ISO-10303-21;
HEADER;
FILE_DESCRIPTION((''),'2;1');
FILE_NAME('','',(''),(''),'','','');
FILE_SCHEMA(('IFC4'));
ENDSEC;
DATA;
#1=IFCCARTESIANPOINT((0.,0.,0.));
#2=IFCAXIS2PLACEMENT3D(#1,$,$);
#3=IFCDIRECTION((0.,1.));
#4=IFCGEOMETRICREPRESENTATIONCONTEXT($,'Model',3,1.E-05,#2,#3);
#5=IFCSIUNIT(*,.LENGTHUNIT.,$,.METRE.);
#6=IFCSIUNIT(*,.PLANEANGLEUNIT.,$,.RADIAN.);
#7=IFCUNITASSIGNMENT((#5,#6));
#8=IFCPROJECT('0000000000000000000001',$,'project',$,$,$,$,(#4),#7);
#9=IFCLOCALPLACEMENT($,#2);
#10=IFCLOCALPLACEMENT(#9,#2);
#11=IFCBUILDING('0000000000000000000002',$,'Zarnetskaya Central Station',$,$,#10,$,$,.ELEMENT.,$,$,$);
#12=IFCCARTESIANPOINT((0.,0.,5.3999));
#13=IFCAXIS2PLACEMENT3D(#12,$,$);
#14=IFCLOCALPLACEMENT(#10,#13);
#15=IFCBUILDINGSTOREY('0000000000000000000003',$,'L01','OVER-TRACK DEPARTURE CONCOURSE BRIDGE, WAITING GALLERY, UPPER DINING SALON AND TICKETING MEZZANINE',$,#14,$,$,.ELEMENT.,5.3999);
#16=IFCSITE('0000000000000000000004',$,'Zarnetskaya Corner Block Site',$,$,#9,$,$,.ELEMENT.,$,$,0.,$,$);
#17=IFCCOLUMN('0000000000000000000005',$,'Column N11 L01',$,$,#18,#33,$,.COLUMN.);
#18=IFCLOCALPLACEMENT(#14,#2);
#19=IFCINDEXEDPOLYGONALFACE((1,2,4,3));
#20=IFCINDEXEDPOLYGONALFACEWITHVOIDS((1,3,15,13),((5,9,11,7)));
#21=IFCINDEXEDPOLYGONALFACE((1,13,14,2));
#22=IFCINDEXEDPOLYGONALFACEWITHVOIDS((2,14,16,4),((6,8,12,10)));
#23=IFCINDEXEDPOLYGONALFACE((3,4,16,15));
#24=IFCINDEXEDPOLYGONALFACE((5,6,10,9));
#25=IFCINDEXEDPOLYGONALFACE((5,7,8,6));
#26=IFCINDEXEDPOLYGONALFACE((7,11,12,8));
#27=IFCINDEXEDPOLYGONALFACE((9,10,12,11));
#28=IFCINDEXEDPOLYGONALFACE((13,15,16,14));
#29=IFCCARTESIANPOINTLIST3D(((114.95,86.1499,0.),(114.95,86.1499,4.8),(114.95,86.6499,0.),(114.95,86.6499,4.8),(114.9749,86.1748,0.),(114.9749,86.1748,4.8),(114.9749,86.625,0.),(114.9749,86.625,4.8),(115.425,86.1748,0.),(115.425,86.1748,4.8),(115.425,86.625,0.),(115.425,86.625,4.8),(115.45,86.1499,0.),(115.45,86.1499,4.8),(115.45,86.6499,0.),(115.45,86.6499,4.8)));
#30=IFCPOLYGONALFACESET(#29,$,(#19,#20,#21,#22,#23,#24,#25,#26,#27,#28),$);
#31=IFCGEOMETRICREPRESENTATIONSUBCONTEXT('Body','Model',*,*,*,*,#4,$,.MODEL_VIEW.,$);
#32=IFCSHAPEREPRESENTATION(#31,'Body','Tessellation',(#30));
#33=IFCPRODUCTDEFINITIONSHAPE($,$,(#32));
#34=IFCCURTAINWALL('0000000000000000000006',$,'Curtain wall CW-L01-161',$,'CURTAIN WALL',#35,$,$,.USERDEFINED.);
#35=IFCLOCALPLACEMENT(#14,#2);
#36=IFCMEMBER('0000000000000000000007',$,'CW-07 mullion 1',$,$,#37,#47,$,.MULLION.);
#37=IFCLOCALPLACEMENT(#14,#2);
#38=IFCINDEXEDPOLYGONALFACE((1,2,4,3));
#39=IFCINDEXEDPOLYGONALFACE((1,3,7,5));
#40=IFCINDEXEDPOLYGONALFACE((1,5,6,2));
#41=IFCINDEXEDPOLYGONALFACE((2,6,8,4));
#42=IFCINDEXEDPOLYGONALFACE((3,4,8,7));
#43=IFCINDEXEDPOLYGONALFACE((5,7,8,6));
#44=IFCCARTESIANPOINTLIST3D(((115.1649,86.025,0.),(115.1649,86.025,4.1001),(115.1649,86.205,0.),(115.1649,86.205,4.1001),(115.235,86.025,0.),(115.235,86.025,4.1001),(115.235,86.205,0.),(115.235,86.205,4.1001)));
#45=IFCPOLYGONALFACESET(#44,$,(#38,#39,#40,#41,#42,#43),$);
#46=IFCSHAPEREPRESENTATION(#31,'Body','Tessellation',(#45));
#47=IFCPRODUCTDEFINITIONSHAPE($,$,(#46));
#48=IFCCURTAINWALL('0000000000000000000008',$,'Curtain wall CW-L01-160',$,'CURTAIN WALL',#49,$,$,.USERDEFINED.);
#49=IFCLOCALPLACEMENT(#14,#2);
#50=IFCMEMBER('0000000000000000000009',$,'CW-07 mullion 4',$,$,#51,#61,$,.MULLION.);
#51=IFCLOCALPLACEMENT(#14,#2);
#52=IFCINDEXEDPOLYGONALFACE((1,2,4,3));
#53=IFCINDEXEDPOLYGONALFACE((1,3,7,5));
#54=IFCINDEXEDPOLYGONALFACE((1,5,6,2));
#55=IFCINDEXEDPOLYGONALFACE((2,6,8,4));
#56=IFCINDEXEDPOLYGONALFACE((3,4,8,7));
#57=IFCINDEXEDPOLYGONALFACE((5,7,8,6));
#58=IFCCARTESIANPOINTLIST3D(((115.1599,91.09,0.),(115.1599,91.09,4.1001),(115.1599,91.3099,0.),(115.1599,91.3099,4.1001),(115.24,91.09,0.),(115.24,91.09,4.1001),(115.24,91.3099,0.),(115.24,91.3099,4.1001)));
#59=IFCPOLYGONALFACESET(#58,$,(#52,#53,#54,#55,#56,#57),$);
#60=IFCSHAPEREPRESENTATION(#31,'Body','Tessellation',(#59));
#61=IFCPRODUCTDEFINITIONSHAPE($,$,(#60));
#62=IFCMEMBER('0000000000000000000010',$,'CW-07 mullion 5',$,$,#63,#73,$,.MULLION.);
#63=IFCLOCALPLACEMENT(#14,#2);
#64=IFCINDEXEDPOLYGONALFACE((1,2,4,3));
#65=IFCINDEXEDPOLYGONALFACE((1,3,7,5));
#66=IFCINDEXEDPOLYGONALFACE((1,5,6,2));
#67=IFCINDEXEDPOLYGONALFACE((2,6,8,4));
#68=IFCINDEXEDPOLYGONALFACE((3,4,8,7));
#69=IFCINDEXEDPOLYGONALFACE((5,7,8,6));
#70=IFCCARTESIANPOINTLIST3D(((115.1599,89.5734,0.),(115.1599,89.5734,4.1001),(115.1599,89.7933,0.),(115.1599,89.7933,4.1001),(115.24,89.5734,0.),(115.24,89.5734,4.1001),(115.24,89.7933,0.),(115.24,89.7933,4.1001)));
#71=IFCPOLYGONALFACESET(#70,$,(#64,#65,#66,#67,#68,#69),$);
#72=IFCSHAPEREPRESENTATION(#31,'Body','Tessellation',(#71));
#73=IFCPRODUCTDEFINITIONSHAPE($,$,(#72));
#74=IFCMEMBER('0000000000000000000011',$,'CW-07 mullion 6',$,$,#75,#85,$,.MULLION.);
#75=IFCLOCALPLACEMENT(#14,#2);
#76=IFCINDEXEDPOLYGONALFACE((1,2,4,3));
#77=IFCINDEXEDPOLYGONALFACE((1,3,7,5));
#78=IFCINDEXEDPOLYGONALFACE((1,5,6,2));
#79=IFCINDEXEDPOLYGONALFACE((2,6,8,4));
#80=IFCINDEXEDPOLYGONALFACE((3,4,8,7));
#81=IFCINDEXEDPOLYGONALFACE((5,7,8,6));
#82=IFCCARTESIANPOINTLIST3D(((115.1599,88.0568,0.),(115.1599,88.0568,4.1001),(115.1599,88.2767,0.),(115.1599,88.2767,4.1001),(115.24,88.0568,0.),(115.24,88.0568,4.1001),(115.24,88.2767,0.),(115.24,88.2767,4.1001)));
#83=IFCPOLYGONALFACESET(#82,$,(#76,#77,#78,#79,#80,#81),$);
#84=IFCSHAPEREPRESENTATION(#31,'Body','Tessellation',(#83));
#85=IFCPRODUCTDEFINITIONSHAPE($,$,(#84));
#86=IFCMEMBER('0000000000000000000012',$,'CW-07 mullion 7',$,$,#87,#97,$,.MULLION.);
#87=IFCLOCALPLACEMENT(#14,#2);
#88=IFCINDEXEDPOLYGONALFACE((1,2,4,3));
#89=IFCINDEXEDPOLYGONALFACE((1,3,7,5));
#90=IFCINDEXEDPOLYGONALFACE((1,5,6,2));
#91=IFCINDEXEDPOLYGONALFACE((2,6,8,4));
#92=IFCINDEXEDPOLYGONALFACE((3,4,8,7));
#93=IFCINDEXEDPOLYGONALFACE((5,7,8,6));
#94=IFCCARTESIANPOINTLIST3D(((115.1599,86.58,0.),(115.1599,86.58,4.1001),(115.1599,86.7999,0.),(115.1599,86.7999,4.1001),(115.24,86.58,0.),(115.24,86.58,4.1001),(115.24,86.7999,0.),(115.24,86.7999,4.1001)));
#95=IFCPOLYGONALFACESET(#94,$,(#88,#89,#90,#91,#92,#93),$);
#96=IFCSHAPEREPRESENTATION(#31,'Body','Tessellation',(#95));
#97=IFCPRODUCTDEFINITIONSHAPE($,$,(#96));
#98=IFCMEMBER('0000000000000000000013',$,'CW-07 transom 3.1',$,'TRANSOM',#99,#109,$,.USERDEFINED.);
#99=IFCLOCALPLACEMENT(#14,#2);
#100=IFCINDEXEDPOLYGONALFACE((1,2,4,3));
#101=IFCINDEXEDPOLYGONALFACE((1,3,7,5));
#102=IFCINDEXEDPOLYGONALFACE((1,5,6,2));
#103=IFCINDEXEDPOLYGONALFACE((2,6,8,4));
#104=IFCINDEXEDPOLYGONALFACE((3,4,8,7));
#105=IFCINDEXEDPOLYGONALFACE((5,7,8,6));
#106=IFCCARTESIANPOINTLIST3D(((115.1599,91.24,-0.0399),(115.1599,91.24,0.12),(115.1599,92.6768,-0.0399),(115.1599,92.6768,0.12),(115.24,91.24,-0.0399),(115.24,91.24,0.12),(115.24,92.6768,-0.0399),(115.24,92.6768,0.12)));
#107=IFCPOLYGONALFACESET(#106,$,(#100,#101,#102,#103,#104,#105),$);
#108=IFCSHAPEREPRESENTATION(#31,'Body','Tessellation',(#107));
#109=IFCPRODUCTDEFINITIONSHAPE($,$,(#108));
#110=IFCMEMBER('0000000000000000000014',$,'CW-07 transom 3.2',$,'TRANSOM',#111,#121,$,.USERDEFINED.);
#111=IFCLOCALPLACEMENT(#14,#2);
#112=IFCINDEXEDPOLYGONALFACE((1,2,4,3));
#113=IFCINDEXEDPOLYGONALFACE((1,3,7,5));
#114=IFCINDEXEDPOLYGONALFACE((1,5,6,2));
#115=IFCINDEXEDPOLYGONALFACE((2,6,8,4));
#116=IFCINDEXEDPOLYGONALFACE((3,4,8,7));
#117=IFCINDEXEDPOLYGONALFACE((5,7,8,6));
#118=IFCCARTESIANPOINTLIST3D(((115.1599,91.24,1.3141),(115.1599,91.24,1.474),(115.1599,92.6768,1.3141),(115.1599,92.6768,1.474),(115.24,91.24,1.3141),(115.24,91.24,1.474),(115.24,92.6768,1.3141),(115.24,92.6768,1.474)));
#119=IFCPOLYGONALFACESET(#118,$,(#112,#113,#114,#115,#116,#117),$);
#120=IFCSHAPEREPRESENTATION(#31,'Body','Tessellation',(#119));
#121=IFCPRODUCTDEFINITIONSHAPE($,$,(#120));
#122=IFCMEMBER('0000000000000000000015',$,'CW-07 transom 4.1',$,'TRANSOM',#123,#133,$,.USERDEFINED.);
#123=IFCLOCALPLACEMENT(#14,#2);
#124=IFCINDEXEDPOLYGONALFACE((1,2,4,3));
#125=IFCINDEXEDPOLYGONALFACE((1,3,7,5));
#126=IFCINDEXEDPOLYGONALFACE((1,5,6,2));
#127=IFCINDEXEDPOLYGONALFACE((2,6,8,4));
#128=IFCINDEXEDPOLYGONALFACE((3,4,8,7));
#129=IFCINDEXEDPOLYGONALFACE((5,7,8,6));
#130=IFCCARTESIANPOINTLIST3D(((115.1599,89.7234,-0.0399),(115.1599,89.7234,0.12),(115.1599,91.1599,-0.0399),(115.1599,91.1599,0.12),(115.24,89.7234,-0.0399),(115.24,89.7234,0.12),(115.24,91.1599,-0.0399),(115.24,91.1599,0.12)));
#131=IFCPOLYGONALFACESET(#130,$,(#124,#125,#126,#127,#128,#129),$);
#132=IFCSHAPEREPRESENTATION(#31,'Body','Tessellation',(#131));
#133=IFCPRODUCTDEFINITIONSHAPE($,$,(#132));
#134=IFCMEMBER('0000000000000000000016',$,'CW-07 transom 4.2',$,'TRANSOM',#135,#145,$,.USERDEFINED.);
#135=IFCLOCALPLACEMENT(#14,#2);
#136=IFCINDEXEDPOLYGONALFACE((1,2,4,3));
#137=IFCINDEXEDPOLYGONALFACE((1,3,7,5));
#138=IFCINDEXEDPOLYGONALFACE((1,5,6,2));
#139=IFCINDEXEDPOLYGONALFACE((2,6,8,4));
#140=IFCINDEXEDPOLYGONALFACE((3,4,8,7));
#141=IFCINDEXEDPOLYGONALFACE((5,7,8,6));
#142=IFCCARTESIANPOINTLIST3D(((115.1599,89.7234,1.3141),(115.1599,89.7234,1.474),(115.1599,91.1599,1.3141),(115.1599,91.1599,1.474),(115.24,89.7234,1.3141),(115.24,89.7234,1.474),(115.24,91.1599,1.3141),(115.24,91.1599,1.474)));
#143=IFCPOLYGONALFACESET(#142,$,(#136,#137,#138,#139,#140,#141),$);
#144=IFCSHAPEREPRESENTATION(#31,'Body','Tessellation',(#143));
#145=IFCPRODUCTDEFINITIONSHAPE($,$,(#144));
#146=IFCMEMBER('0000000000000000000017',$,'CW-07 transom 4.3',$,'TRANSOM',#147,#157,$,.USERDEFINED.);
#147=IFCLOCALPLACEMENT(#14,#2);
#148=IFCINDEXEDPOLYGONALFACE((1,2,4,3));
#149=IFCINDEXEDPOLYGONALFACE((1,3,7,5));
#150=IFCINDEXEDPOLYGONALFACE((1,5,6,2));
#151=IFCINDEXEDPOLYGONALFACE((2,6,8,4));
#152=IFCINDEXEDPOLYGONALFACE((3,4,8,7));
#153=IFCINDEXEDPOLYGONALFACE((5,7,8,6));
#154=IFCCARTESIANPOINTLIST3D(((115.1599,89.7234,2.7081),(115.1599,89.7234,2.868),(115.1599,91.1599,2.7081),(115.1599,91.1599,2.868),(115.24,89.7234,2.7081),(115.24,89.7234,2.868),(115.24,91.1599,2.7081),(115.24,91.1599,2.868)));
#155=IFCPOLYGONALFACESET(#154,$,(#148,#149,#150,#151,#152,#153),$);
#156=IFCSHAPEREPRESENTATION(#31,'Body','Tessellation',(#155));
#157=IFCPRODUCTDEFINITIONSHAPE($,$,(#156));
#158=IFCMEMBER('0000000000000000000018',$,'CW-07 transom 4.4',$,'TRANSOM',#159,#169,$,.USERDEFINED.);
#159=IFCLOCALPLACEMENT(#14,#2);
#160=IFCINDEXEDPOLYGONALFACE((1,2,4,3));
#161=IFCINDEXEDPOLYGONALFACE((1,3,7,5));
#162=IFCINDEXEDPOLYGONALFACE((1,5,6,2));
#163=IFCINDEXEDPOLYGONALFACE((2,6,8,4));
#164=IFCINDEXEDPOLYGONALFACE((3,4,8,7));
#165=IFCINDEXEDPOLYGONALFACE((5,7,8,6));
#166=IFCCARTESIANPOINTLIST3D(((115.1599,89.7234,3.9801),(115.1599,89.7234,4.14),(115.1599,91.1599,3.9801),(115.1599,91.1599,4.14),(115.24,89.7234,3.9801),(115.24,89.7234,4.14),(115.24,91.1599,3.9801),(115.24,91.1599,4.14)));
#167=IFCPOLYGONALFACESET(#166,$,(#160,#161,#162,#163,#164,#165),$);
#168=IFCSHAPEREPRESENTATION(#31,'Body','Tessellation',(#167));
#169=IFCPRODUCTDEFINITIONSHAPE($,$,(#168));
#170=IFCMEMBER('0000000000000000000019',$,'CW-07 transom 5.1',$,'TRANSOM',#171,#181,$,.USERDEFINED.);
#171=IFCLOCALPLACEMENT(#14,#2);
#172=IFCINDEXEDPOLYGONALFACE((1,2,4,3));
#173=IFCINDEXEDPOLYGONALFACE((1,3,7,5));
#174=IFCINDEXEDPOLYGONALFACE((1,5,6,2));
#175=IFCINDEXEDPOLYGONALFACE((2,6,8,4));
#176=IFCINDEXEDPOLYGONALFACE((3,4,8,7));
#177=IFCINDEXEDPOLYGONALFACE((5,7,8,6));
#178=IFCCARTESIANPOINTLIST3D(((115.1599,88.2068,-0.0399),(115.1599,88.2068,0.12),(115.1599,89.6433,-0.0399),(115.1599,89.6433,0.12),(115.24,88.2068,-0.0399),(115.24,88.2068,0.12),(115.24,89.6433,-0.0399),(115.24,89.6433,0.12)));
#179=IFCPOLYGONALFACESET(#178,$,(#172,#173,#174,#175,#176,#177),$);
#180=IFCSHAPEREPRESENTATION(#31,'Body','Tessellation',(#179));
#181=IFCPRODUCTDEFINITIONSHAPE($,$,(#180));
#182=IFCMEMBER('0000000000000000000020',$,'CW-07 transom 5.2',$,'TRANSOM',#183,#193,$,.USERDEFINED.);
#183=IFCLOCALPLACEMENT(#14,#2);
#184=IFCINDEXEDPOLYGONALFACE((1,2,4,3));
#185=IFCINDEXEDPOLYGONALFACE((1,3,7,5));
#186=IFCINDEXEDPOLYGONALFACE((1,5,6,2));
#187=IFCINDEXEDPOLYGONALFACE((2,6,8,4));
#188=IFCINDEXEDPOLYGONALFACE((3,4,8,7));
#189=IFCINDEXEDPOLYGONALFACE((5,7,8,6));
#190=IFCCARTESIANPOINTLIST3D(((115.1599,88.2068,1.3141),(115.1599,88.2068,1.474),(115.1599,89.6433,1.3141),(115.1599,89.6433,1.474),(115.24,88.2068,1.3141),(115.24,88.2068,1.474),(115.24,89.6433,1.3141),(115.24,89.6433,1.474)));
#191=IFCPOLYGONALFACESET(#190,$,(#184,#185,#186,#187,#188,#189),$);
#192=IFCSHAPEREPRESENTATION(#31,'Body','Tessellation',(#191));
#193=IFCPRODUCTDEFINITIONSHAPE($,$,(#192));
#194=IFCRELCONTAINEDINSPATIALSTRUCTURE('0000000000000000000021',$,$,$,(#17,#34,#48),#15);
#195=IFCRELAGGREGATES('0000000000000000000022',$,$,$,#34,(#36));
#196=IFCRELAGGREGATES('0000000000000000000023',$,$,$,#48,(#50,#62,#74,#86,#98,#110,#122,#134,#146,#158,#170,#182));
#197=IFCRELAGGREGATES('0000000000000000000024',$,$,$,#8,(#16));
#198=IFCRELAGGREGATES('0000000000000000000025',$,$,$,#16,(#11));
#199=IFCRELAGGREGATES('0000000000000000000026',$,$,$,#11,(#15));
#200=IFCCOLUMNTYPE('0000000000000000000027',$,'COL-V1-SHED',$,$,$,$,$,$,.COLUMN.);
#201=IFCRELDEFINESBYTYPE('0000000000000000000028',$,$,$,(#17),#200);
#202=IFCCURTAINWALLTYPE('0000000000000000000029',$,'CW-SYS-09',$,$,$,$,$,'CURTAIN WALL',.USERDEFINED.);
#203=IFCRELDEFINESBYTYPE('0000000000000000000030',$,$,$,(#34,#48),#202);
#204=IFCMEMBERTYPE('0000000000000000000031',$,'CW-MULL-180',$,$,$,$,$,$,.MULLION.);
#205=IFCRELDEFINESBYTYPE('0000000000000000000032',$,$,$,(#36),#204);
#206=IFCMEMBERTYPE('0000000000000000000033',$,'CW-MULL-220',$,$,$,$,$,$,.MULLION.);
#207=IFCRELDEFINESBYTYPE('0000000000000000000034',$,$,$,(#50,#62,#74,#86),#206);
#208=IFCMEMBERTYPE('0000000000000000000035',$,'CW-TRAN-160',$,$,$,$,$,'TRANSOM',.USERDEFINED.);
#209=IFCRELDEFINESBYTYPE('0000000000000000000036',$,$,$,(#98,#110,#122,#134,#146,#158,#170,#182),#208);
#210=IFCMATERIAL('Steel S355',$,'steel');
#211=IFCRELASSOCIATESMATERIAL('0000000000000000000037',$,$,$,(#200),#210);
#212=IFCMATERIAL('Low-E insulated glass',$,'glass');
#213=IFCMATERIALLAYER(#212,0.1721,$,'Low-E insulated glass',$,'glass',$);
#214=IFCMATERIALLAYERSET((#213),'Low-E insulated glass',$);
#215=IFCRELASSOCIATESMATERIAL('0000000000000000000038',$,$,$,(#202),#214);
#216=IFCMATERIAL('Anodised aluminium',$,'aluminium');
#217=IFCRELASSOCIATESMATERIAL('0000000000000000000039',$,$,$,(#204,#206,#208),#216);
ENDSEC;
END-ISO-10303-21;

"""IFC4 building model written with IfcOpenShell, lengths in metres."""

from ifc_helpers import new_model, si_unit, direction, frame, origin, origin_2d, place, context, subcontext, project, spatial, rectangle, hollow_rectangle, extrude, material, layer, layer_set, material_profile, profile_set, type_object, element, aggregate, save


model = new_model("IFC4")

# Units and contexts
model_context = context("Model", 3, precision=1e-05, world=origin(), true_north=direction((0.0, 1.0)))
body_context = subcontext(model_context, "Body", "Model", "MODEL_VIEW")
ifc_project = project(units=[si_unit("LENGTHUNIT", "METRE"), si_unit("PLANEANGLEUNIT", "RADIAN")], contexts=[model_context])

# Site, building, storey
site_placement = place(None, origin())
site = spatial("IfcSite", under=ifc_project, at=site_placement, Name="Zarnetskaya Corner Block Site", CompositionType="ELEMENT", RefElevation=0.0)
building_placement = place(site_placement, origin())
building = spatial("IfcBuilding", under=site, at=building_placement, Name="Zarnetskaya Central Station", CompositionType="ELEMENT")
storey_placement = place(building_placement, frame((0.0, 0.0, 5.3999)))
storey = spatial("IfcBuildingStorey", under=building, at=storey_placement, Name="L01", Description="OVER-TRACK DEPARTURE CONCOURSE BRIDGE, WAITING GALLERY, UPPER DINING SALON AND TICKETING MEZZANINE", CompositionType="ELEMENT", Elevation=5.3999)

# Column
ifc_material_1 = material(Name="Steel S355", Category="steel")
ifc_material_profile_1 = material_profile(ifc_material_1, hollow_rectangle(XDim=0.5, YDim=0.5, WallThickness=0.0249, at=origin_2d()), Name="BOX 500x500x25")
ifc_profile_set_1 = profile_set([ifc_material_profile_1], Name="Steel S355")
column_type = type_object("IfcColumnType", Name="COL-V1-SHED", PredefinedType="COLUMN", material=ifc_profile_set_1)
column_placement = place(storey_placement, frame((115.2, 86.3999, 0.0), z_axis=(0.0, 0.0, 1.0), x_axis=(1.0, 0.0, 0.0)))
element("IfcColumn", 1, at=column_placement, inside=storey, type_object=column_type, Name="Column N11 L01", PredefinedType="COLUMN", context=body_context, shape_type="SweptSolid", body=[
    extrude(hollow_rectangle(XDim=0.5, YDim=0.5, WallThickness=0.0249, at=origin_2d()), origin(), (0.0, 0.0, 1.0), 4.8),
])

# Curtain wall, member
ifc_material_2 = material(Name="Low-E insulated glass", Category="glass")
ifc_layer_1 = layer(ifc_material_2, 0.1721, Name="Low-E insulated glass", Category="glass")
ifc_layer_set_1 = layer_set([ifc_layer_1], Name="Low-E insulated glass")
curtain_wall_type = type_object("IfcCurtainWallType", Name="CW-SYS-09", ElementType="CURTAIN WALL", PredefinedType="USERDEFINED", material=ifc_layer_set_1)
curtain_wall_1_placement = place(storey_placement, origin())
curtain_wall_1 = element("IfcCurtainWall", 2, at=curtain_wall_1_placement, inside=storey, type_object=curtain_wall_type, Name="Curtain wall CW-L01-161", ObjectType="CURTAIN WALL", PredefinedType="USERDEFINED")
ifc_material_3 = material(Name="Anodised aluminium", Category="aluminium")
ifc_material_profile_2 = material_profile(ifc_material_3, rectangle(XDim=0.0701, YDim=0.1799, at=origin_2d()), Name="ALU MULL 70x180")
ifc_profile_set_2 = profile_set([ifc_material_profile_2], Name="Anodised aluminium")
member_type_1 = type_object("IfcMemberType", Name="CW-MULL-180", PredefinedType="MULLION", material=ifc_profile_set_2)
member_1_placement = place(storey_placement, frame((115.2, 86.115, 0.0), z_axis=(0.0, 0.0, 1.0), x_axis=(1.0, 0.0, 0.0)))
member_1 = element("IfcMember", 3, at=member_1_placement, type_object=member_type_1, Name="CW-07 mullion 1", PredefinedType="MULLION", context=body_context, shape_type="SweptSolid", body=[
    extrude(rectangle(XDim=0.0701, YDim=0.1799, at=origin_2d()), origin(), (0.0, 0.0, 1.0), 4.1001),
])
aggregate(curtain_wall_1, [member_1])

# Curtain wall, members
curtain_wall_2_placement = place(storey_placement, origin())
curtain_wall_2 = element("IfcCurtainWall", 4, at=curtain_wall_2_placement, inside=storey, type_object=curtain_wall_type, Name="Curtain wall CW-L01-160", ObjectType="CURTAIN WALL", PredefinedType="USERDEFINED")
ifc_material_profile_3 = material_profile(ifc_material_3, rectangle(XDim=0.0801, YDim=0.22, at=origin_2d()), Name="ALU MULL 80x220")
ifc_profile_set_3 = profile_set([ifc_material_profile_3], Name="Anodised aluminium")
member_type_2 = type_object("IfcMemberType", Name="CW-MULL-220", PredefinedType="MULLION", material=ifc_profile_set_3)
member_2_placement = place(storey_placement, frame((115.2, 91.2, 0.0), z_axis=(0.0, 0.0, 1.0), x_axis=(1.0, 0.0, 0.0)))
member_2 = element("IfcMember", 5, at=member_2_placement, type_object=member_type_2, Name="CW-07 mullion 4", PredefinedType="MULLION", context=body_context, shape_type="SweptSolid", body=[
    extrude(rectangle(XDim=0.0801, YDim=0.22, at=origin_2d()), origin(), (0.0, 0.0, 1.0), 4.1001),
])
member_3_placement = place(storey_placement, frame((115.2, 89.6833, 0.0), z_axis=(0.0, 0.0, 1.0), x_axis=(1.0, 0.0, 0.0)))
member_3 = element("IfcMember", 6, at=member_3_placement, type_object=member_type_2, Name="CW-07 mullion 5", PredefinedType="MULLION", context=body_context, shape_type="SweptSolid", body=[
    extrude(rectangle(XDim=0.0801, YDim=0.22, at=origin_2d()), origin(), (0.0, 0.0, 1.0), 4.1001),
])
member_4_placement = place(storey_placement, frame((115.2, 88.1667, 0.0), z_axis=(0.0, 0.0, 1.0), x_axis=(1.0, 0.0, 0.0)))
member_4 = element("IfcMember", 7, at=member_4_placement, type_object=member_type_2, Name="CW-07 mullion 6", PredefinedType="MULLION", context=body_context, shape_type="SweptSolid", body=[
    extrude(rectangle(XDim=0.0801, YDim=0.22, at=origin_2d()), origin(), (0.0, 0.0, 1.0), 4.1001),
])
member_5_placement = place(storey_placement, frame((115.2, 86.6899, 0.0), z_axis=(0.0, 0.0, 1.0), x_axis=(1.0, 0.0, 0.0)))
member_5 = element("IfcMember", 8, at=member_5_placement, type_object=member_type_2, Name="CW-07 mullion 7", PredefinedType="MULLION", context=body_context, shape_type="SweptSolid", body=[
    extrude(rectangle(XDim=0.0801, YDim=0.22, at=origin_2d()), origin(), (0.0, 0.0, 1.0), 4.1001),
])
ifc_material_profile_4 = material_profile(ifc_material_3, rectangle(XDim=0.0801, YDim=0.1599, at=origin_2d()), Name="ALU TRAN 80x160")
ifc_profile_set_4 = profile_set([ifc_material_profile_4], Name="Anodised aluminium")
member_type_3 = type_object("IfcMemberType", Name="CW-TRAN-160", ElementType="TRANSOM", PredefinedType="USERDEFINED", material=ifc_profile_set_4)
member_6_placement = place(storey_placement, frame((115.2, 92.6768, 0.04), z_axis=(0.0, -1.0, 0.0), x_axis=(1.0, 0.0, 0.0)))
member_6 = element("IfcMember", 9, at=member_6_placement, type_object=member_type_3, Name="CW-07 transom 3.1", ObjectType="TRANSOM", PredefinedType="USERDEFINED", context=body_context, shape_type="SweptSolid", body=[
    extrude(rectangle(XDim=0.0801, YDim=0.1599, at=origin_2d()), origin(), (0.0, 0.0, 1.0), 1.4368),
])
member_7_placement = place(storey_placement, frame((115.2, 92.6768, 1.394), z_axis=(0.0, -1.0, 0.0), x_axis=(1.0, 0.0, 0.0)))
member_7 = element("IfcMember", 10, at=member_7_placement, type_object=member_type_3, Name="CW-07 transom 3.2", ObjectType="TRANSOM", PredefinedType="USERDEFINED", context=body_context, shape_type="SweptSolid", body=[
    extrude(rectangle(XDim=0.0801, YDim=0.1599, at=origin_2d()), origin(), (0.0, 0.0, 1.0), 1.4368),
])
member_8_placement = place(storey_placement, frame((115.2, 91.1599, 0.04), z_axis=(0.0, -1.0, 0.0), x_axis=(1.0, 0.0, 0.0)))
member_8 = element("IfcMember", 11, at=member_8_placement, type_object=member_type_3, Name="CW-07 transom 4.1", ObjectType="TRANSOM", PredefinedType="USERDEFINED", context=body_context, shape_type="SweptSolid", body=[
    extrude(rectangle(XDim=0.0801, YDim=0.1599, at=origin_2d()), origin(), (0.0, 0.0, 1.0), 1.4365),
])
member_9_placement = place(storey_placement, frame((115.2, 91.1599, 1.394), z_axis=(0.0, -1.0, 0.0), x_axis=(1.0, 0.0, 0.0)))
member_9 = element("IfcMember", 12, at=member_9_placement, type_object=member_type_3, Name="CW-07 transom 4.2", ObjectType="TRANSOM", PredefinedType="USERDEFINED", context=body_context, shape_type="SweptSolid", body=[
    extrude(rectangle(XDim=0.0801, YDim=0.1599, at=origin_2d()), origin(), (0.0, 0.0, 1.0), 1.4365),
])
member_10_placement = place(storey_placement, frame((115.2, 91.1599, 2.7881), z_axis=(0.0, -1.0, 0.0), x_axis=(1.0, 0.0, 0.0)))
member_10 = element("IfcMember", 13, at=member_10_placement, type_object=member_type_3, Name="CW-07 transom 4.3", ObjectType="TRANSOM", PredefinedType="USERDEFINED", context=body_context, shape_type="SweptSolid", body=[
    extrude(rectangle(XDim=0.0801, YDim=0.1599, at=origin_2d()), origin(), (0.0, 0.0, 1.0), 1.4365),
])
member_11_placement = place(storey_placement, frame((115.2, 91.1599, 4.0601), z_axis=(0.0, -1.0, 0.0), x_axis=(1.0, 0.0, 0.0)))
member_11 = element("IfcMember", 14, at=member_11_placement, type_object=member_type_3, Name="CW-07 transom 4.4", ObjectType="TRANSOM", PredefinedType="USERDEFINED", context=body_context, shape_type="SweptSolid", body=[
    extrude(rectangle(XDim=0.0801, YDim=0.1599, at=origin_2d()), origin(), (0.0, 0.0, 1.0), 1.4365),
])
member_12_placement = place(storey_placement, frame((115.2, 89.6433, 0.04), z_axis=(0.0, -1.0, 0.0), x_axis=(1.0, 0.0, 0.0)))
member_12 = element("IfcMember", 15, at=member_12_placement, type_object=member_type_3, Name="CW-07 transom 5.1", ObjectType="TRANSOM", PredefinedType="USERDEFINED", context=body_context, shape_type="SweptSolid", body=[
    extrude(rectangle(XDim=0.0801, YDim=0.1599, at=origin_2d()), origin(), (0.0, 0.0, 1.0), 1.4365),
])
member_13_placement = place(storey_placement, frame((115.2, 89.6433, 1.394), z_axis=(0.0, -1.0, 0.0), x_axis=(1.0, 0.0, 0.0)))
member_13 = element("IfcMember", 16, at=member_13_placement, type_object=member_type_3, Name="CW-07 transom 5.2", ObjectType="TRANSOM", PredefinedType="USERDEFINED", context=body_context, shape_type="SweptSolid", body=[
    extrude(rectangle(XDim=0.0801, YDim=0.1599, at=origin_2d()), origin(), (0.0, 0.0, 1.0), 1.4365),
])

aggregate(curtain_wall_2, [member_2, member_3, member_4, member_5, member_6, member_7, member_8, member_9, member_10, member_11, member_12, member_13])

save(model, "model.ifc")
